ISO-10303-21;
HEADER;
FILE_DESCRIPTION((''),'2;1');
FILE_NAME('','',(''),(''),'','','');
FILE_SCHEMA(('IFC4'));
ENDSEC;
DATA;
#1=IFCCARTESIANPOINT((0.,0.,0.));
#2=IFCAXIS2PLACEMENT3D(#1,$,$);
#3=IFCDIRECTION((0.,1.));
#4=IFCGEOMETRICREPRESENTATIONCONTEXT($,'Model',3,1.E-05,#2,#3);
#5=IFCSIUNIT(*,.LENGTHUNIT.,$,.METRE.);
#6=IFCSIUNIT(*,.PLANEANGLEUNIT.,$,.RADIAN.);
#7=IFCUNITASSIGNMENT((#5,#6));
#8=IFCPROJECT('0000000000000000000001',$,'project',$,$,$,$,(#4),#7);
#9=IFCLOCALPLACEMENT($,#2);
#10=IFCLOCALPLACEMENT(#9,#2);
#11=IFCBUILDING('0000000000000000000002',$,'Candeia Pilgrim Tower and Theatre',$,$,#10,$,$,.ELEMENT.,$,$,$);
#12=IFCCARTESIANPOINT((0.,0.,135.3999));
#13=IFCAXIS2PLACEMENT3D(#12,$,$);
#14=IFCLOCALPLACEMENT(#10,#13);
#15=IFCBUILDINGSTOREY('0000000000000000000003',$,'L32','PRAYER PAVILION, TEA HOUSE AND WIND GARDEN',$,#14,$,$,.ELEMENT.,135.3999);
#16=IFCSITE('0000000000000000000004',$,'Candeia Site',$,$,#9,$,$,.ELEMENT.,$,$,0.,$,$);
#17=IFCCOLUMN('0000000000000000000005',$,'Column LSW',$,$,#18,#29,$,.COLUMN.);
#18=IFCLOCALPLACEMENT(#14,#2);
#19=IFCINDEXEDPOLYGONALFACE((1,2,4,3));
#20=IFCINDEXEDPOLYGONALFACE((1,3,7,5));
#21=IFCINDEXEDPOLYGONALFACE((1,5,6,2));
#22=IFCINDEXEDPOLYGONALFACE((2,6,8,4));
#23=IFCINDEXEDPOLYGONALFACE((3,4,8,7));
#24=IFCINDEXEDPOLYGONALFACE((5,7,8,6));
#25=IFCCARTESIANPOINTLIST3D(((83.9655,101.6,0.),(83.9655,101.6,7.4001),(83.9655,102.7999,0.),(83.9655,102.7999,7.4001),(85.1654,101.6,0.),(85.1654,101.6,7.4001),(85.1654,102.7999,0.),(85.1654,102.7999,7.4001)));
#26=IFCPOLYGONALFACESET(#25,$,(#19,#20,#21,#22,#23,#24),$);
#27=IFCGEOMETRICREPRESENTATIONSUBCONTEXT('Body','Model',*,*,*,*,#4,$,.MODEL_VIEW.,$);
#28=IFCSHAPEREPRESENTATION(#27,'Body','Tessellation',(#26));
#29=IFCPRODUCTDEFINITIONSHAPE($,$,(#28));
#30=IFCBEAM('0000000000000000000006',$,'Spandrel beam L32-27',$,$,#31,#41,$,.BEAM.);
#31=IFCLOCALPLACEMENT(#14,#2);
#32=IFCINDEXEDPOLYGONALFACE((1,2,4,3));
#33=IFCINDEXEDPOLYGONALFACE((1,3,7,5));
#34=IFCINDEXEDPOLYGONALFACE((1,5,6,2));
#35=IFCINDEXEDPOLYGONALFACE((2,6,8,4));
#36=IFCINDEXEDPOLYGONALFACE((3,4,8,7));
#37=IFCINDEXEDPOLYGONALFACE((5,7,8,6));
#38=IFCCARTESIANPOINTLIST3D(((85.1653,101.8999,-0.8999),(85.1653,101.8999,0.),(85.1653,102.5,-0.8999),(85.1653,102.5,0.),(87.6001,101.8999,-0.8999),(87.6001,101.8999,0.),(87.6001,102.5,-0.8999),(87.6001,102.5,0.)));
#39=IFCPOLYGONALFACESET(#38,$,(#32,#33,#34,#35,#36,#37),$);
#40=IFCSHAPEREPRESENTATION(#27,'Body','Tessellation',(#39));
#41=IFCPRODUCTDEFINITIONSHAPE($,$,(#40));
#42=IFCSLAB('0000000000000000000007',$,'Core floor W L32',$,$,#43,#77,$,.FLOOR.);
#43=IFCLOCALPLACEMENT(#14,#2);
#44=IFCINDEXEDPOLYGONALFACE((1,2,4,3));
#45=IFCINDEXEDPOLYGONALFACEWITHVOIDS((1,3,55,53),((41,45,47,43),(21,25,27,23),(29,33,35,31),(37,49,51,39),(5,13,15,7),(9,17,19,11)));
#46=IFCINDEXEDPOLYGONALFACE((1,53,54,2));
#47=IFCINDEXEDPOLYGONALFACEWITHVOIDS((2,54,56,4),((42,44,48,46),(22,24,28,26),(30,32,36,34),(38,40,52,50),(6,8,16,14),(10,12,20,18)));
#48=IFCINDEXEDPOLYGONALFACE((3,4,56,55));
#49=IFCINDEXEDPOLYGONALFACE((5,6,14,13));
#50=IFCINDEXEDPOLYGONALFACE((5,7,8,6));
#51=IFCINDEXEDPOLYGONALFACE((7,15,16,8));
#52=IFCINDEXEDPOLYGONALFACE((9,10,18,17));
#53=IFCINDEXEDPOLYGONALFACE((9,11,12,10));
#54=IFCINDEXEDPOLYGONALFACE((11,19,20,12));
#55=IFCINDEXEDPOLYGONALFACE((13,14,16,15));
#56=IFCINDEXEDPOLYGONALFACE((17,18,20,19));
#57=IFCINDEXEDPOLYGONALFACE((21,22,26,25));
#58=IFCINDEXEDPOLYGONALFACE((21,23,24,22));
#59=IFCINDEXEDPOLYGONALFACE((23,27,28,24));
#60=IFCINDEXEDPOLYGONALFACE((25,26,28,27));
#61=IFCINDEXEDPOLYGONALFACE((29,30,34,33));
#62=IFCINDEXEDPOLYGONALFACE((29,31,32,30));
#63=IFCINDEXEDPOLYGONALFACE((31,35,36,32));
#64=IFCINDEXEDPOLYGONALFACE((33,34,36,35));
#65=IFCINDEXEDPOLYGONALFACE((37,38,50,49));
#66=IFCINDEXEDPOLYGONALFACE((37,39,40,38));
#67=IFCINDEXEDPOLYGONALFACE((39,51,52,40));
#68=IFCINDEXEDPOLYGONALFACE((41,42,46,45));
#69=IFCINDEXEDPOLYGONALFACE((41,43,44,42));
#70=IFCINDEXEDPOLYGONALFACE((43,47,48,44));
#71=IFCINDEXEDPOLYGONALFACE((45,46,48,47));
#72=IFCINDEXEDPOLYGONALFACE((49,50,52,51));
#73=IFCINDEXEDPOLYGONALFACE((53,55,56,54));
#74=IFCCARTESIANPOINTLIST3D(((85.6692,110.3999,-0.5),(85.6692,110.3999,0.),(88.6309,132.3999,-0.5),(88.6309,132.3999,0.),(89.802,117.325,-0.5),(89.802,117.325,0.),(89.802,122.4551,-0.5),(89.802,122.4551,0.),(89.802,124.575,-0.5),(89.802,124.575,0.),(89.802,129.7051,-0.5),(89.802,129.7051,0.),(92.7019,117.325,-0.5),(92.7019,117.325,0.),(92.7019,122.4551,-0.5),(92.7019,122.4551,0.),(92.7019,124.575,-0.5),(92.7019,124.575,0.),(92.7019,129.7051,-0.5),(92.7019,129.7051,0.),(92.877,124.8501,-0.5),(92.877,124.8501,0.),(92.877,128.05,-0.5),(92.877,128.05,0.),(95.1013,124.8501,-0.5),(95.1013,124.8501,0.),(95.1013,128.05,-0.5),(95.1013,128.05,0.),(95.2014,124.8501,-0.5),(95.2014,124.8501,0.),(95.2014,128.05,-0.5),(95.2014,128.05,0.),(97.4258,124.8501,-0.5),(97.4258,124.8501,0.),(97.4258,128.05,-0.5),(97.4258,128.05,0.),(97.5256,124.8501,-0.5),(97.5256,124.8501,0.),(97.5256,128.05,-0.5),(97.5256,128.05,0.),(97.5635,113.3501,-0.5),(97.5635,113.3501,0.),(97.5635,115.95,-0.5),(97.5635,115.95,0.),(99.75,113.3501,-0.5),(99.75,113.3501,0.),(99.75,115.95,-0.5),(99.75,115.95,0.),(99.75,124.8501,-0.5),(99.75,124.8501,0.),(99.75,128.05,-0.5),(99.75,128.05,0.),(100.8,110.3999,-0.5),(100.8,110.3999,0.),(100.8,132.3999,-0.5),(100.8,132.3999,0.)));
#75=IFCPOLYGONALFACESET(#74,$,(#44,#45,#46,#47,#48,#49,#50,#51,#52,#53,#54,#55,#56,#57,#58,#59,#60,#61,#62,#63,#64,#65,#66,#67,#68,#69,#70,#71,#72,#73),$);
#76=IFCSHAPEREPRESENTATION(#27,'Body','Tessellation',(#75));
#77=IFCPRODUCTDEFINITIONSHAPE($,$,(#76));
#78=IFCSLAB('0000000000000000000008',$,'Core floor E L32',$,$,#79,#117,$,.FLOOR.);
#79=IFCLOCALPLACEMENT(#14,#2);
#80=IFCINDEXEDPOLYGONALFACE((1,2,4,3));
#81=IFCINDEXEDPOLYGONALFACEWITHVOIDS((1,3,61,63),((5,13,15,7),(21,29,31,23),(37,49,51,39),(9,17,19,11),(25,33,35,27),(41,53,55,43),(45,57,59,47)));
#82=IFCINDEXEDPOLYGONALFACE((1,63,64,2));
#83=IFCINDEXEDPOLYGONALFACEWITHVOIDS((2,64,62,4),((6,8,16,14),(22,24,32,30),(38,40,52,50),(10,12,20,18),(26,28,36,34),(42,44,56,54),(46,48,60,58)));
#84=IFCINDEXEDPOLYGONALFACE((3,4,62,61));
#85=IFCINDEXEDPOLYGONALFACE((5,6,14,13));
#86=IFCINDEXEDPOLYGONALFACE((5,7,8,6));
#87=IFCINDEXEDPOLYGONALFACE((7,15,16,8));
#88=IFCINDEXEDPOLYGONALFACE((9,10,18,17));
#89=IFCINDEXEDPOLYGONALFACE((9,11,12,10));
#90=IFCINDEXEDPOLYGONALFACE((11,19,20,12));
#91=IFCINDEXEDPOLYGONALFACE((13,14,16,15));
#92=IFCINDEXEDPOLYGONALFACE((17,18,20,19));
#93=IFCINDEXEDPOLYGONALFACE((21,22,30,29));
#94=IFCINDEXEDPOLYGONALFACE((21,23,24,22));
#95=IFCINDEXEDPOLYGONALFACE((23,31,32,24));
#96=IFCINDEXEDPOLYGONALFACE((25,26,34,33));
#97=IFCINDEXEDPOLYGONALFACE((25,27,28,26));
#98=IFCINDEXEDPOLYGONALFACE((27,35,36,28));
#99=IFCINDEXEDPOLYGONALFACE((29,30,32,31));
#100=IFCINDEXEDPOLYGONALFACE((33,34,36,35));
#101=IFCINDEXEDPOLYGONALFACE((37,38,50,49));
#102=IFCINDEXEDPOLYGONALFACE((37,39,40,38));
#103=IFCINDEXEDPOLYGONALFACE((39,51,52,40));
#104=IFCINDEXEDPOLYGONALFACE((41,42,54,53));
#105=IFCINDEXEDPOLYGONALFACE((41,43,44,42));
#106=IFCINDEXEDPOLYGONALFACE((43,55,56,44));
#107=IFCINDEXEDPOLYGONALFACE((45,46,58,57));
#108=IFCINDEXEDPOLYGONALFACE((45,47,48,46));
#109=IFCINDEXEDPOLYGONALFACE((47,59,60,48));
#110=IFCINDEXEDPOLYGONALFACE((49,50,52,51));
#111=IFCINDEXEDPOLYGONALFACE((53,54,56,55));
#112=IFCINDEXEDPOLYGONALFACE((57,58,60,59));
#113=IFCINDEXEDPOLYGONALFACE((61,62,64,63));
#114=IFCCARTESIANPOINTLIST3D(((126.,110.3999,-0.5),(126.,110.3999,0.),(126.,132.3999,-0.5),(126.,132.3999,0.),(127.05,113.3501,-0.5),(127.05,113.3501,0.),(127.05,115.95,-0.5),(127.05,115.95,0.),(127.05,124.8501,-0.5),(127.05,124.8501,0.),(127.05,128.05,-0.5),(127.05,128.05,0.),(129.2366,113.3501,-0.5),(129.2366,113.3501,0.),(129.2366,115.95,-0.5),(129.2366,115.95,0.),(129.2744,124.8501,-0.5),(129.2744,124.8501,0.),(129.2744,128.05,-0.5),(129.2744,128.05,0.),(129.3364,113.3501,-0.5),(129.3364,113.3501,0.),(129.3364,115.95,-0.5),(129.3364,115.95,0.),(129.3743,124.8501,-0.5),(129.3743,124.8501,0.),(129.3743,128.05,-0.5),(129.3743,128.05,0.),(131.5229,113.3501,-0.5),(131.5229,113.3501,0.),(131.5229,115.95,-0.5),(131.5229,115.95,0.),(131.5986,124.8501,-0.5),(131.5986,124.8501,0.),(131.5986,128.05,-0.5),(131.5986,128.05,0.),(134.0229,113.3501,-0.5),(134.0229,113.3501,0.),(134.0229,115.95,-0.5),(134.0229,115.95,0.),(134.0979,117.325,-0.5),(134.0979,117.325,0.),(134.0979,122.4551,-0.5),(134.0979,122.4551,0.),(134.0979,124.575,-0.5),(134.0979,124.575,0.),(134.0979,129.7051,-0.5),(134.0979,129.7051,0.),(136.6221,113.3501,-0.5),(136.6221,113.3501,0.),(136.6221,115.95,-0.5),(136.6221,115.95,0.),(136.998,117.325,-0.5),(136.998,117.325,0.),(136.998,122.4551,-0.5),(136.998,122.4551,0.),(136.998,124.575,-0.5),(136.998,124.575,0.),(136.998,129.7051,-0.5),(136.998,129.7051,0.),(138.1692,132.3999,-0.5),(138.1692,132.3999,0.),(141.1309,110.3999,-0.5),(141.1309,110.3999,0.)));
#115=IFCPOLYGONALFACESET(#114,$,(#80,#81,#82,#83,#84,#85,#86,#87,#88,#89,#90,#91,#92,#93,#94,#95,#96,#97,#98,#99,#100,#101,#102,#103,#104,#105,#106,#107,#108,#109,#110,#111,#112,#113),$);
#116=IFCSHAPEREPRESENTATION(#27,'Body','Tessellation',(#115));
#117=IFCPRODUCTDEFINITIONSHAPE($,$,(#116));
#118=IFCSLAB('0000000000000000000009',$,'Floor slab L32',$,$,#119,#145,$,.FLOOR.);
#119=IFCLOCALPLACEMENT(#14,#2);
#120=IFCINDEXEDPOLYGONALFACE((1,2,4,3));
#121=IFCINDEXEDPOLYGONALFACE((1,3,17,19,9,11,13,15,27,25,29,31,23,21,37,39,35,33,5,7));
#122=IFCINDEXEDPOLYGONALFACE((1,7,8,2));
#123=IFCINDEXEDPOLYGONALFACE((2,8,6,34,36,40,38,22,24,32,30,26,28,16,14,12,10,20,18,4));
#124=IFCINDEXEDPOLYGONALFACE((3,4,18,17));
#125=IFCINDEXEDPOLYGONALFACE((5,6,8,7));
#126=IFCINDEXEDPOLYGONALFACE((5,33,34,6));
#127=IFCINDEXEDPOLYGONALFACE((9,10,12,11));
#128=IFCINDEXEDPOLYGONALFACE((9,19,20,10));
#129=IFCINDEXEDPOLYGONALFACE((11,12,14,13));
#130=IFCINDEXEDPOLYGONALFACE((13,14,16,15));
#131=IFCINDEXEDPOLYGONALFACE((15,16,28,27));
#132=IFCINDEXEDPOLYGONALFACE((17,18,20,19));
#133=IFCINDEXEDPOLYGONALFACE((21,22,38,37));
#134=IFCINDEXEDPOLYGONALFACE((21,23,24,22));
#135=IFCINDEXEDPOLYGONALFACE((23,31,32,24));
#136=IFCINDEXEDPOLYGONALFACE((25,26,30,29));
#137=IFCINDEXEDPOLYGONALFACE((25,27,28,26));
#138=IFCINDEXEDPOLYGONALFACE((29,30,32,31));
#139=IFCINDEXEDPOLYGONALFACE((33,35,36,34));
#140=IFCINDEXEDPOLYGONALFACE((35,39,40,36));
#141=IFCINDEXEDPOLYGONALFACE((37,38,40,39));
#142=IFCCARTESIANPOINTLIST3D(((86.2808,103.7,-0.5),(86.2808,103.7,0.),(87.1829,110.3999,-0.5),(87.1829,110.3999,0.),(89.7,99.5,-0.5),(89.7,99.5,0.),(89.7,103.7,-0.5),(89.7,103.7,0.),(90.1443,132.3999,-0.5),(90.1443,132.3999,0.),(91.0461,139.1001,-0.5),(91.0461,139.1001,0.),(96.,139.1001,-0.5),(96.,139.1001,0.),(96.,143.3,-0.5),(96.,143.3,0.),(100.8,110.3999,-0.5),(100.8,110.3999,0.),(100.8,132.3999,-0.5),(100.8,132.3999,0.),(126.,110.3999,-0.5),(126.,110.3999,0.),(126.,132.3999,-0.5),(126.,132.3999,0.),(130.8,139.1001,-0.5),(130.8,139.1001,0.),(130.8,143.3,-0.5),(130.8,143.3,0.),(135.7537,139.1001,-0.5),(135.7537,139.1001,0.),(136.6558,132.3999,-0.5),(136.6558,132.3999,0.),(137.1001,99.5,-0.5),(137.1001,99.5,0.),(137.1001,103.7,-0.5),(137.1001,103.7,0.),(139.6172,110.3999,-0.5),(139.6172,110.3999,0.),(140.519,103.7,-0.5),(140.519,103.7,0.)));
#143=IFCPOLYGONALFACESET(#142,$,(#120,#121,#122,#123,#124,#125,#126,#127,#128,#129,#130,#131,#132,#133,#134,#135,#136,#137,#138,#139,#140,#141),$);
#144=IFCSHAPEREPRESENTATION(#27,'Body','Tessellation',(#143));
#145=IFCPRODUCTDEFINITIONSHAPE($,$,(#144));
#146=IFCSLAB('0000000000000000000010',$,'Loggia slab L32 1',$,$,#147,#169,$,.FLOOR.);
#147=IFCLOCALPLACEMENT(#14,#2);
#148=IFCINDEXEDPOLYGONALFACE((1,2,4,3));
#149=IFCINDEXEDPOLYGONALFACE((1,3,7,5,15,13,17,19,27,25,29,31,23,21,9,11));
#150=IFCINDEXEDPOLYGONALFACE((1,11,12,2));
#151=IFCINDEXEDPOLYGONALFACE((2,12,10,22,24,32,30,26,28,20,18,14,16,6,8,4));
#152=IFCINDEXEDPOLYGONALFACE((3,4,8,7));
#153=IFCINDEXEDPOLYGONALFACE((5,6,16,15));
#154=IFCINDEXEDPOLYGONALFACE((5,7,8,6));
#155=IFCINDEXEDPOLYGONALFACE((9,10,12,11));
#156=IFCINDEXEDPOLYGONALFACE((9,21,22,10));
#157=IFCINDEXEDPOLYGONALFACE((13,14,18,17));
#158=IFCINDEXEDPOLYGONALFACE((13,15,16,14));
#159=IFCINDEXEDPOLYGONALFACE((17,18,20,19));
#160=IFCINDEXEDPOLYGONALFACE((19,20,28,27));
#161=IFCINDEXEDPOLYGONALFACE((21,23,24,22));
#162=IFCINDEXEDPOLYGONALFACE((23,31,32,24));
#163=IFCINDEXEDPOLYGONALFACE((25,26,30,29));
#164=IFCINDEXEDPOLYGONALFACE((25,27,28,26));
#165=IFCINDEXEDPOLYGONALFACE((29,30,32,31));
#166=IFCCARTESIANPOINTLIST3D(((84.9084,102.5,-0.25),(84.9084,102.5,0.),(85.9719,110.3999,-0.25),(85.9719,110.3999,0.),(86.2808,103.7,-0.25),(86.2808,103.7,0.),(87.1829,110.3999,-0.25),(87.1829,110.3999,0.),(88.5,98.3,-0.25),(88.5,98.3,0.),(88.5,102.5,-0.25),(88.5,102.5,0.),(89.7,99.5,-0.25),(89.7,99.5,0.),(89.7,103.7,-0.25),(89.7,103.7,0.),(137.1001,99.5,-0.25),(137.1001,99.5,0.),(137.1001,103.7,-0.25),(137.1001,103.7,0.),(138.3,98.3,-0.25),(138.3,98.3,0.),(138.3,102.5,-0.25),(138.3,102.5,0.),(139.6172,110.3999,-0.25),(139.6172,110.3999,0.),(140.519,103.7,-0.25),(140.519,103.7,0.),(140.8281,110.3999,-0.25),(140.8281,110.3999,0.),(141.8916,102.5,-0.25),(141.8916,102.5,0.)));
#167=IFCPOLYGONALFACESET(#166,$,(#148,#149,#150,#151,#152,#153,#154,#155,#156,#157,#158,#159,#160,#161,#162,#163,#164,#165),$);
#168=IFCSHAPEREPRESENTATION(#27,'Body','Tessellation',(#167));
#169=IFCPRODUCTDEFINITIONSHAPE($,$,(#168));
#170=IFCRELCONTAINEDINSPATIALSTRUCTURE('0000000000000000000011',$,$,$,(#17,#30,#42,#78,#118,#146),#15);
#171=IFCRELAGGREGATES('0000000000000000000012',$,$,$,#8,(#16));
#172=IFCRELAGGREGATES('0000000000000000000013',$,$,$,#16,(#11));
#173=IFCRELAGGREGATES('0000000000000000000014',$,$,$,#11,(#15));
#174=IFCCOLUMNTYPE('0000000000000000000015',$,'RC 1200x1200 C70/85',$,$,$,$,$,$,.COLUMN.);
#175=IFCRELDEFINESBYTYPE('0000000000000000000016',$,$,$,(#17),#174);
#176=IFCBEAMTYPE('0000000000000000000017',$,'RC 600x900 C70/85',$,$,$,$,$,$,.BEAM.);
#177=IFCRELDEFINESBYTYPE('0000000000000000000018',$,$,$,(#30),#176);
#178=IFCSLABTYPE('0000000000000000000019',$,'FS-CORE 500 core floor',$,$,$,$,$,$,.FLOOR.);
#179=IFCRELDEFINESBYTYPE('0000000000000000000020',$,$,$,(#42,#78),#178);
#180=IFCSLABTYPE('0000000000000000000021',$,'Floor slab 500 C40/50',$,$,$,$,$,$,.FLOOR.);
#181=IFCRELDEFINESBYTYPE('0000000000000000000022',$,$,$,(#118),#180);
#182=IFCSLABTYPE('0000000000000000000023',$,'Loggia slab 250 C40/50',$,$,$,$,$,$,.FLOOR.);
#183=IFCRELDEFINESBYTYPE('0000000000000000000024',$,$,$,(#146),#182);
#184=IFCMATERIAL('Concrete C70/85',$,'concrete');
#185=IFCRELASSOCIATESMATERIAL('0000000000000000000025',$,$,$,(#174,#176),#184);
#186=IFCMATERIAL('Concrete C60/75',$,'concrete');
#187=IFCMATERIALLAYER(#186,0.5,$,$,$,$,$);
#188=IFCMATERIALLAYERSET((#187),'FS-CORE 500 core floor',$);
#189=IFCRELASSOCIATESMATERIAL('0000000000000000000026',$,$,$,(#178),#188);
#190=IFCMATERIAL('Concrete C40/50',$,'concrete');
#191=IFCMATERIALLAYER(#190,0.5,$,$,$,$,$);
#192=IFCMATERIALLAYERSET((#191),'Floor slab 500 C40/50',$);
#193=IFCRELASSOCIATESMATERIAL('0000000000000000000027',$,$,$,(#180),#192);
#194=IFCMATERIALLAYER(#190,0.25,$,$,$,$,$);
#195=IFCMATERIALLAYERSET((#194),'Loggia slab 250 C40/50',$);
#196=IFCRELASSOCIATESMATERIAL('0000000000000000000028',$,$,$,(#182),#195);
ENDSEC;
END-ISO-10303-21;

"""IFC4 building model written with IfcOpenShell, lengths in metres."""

from ifc_helpers import new_model, si_unit, direction, frame, origin, origin_2d, place, context, subcontext, project, spatial, polyline, rectangle, outline, extrude, material, layer, layer_set, material_profile, profile_set, type_object, element, save


model = new_model("IFC4")

# Units and contexts
model_context = context("Model", 3, precision=1e-05, world=origin(), true_north=direction((0.0, 1.0)))
body_context = subcontext(model_context, "Body", "Model", "MODEL_VIEW")
ifc_project = project(units=[si_unit("LENGTHUNIT", "METRE"), si_unit("PLANEANGLEUNIT", "RADIAN")], contexts=[model_context])

# Site, building, storey
site_placement = place(None, origin())
site = spatial("IfcSite", under=ifc_project, at=site_placement, Name="Candeia Site", CompositionType="ELEMENT", RefElevation=0.0)
building_placement = place(site_placement, origin())
building = spatial("IfcBuilding", under=site, at=building_placement, Name="Candeia Pilgrim Tower and Theatre", CompositionType="ELEMENT")
storey_placement = place(building_placement, frame((0.0, 0.0, 135.3999)))
storey = spatial("IfcBuildingStorey", under=building, at=storey_placement, Name="L32", Description="PRAYER PAVILION, TEA HOUSE AND WIND GARDEN", CompositionType="ELEMENT", Elevation=135.3999)

# Column
ifc_material_1 = material(Name="Concrete C70/85", Category="concrete")
ifc_material_profile_1 = material_profile(ifc_material_1, rectangle(XDim=1.2, YDim=1.2, at=origin_2d()))
ifc_profile_set_1 = profile_set([ifc_material_profile_1], Name="Concrete C70/85")
column_type = type_object("IfcColumnType", Name="RC 1200x1200 C70/85", PredefinedType="COLUMN", material=ifc_profile_set_1)
column_placement = place(storey_placement, frame((84.5654, 102.2, 0.0), z_axis=(0.0, 0.0, 1.0), x_axis=(1.0, 0.0, 0.0)))
element("IfcColumn", 1, at=column_placement, inside=storey, type_object=column_type, Name="Column LSW", PredefinedType="COLUMN", context=body_context, shape_type="SweptSolid", body=[
    extrude(rectangle(XDim=1.2, YDim=1.2, at=origin_2d()), origin(), (0.0, 0.0, 1.0), 7.4001),
])

# Beam
ifc_material_profile_2 = material_profile(ifc_material_1, rectangle(XDim=0.6001, YDim=0.8999, at=origin_2d()))
ifc_profile_set_2 = profile_set([ifc_material_profile_2], Name="Concrete C70/85")
beam_type = type_object("IfcBeamType", Name="RC 600x900 C70/85", PredefinedType="BEAM", material=ifc_profile_set_2)
beam_placement = place(storey_placement, frame((85.1653, 102.2, -0.45), z_axis=(1.0, 0.0, 0.0), x_axis=(0.0, 1.0, 0.0)))
element("IfcBeam", 2, at=beam_placement, inside=storey, type_object=beam_type, Name="Spandrel beam L32-27", PredefinedType="BEAM", context=body_context, shape_type="SweptSolid", body=[
    extrude(rectangle(XDim=0.6001, YDim=0.8999, at=origin_2d()), origin(), (0.0, 0.0, 1.0), 2.4348),
])

# Slabs
ifc_material_2 = material(Name="Concrete C60/75", Category="concrete")
ifc_layer_1 = layer(ifc_material_2, 0.5)
ifc_layer_set_1 = layer_set([ifc_layer_1], Name="FS-CORE 500 core floor")
slab_type_1 = type_object("IfcSlabType", Name="FS-CORE 500 core floor", PredefinedType="FLOOR", material=ifc_layer_set_1)
slab_1_placement = place(storey_placement, frame((0.0, 0.0, -0.5)))
element("IfcSlab", 3, at=slab_1_placement, inside=storey, type_object=slab_type_1, Name="Core floor W L32", PredefinedType="FLOOR", context=body_context, shape_type="SweptSolid", body=[
    extrude(outline(polyline([(100.8, 132.3999), (100.8, 110.3999), (85.6692, 110.3999), (88.6309, 132.3999), (100.8, 132.3999)]), holes=[polyline([(97.5256, 128.05), (97.5256, 124.8501), (99.75, 124.8501), (99.75, 128.05), (97.5256, 128.05)]), polyline([(97.5635, 113.3501), (99.75, 113.3501), (99.75, 115.95), (97.5635, 115.95), (97.5635, 113.3501)]), polyline([(95.2014, 124.8501), (97.4258, 124.8501), (97.4258, 128.05), (95.2014, 128.05), (95.2014, 124.8501)]), polyline([(92.877, 128.05), (92.877, 124.8501), (95.1013, 124.8501), (95.1013, 128.05), (92.877, 128.05)]), polyline([(89.802, 122.4551), (89.802, 117.325), (92.7019, 117.325), (92.7019, 122.4551), (89.802, 122.4551)]), polyline([(89.802, 129.7051), (89.802, 124.575), (92.7019, 124.575), (92.7019, 129.7051), (89.802, 129.7051)])]), origin(), (0.0, 0.0, 1.0), 0.5),
])
slab_2_placement = place(storey_placement, frame((0.0, 0.0, -0.5)))
element("IfcSlab", 4, at=slab_2_placement, inside=storey, type_object=slab_type_1, Name="Core floor E L32", PredefinedType="FLOOR", context=body_context, shape_type="SweptSolid", body=[
    extrude(outline(polyline([(138.1692, 132.3999), (141.1309, 110.3999), (126.0, 110.3999), (126.0, 132.3999), (138.1692, 132.3999)]), holes=[polyline([(134.0979, 122.4551), (134.0979, 117.325), (136.998, 117.325), (136.998, 122.4551), (134.0979, 122.4551)]), polyline([(134.0979, 129.7051), (134.0979, 124.575), (136.998, 124.575), (136.998, 129.7051), (134.0979, 129.7051)]), polyline([(136.6221, 115.95), (134.0229, 115.95), (134.0229, 113.3501), (136.6221, 113.3501), (136.6221, 115.95)]), polyline([(131.5986, 128.05), (129.3743, 128.05), (129.3743, 124.8501), (131.5986, 124.8501), (131.5986, 128.05)]), polyline([(131.5229, 115.95), (129.3364, 115.95), (129.3364, 113.3501), (131.5229, 113.3501), (131.5229, 115.95)]), polyline([(129.2744, 128.05), (127.05, 128.05), (127.05, 124.8501), (129.2744, 124.8501), (129.2744, 128.05)]), polyline([(127.05, 115.95), (127.05, 113.3501), (129.2366, 113.3501), (129.2366, 115.95), (127.05, 115.95)])]), origin(), (0.0, 0.0, 1.0), 0.5),
])
ifc_material_3 = material(Name="Concrete C40/50", Category="concrete")
ifc_layer_2 = layer(ifc_material_3, 0.5)
ifc_layer_set_2 = layer_set([ifc_layer_2], Name="Floor slab 500 C40/50")
slab_type_2 = type_object("IfcSlabType", Name="Floor slab 500 C40/50", PredefinedType="FLOOR", material=ifc_layer_set_2)
slab_3_placement = place(storey_placement, frame((0.0, 0.0, -0.5)))
element("IfcSlab", 5, at=slab_3_placement, inside=storey, type_object=slab_type_2, Name="Floor slab L32", PredefinedType="FLOOR", context=body_context, shape_type="SweptSolid", body=[
    extrude(outline(polyline([(96.0, 139.1001), (96.0, 143.3), (130.8, 143.3), (130.8, 139.1001), (135.7537, 139.1001), (136.6558, 132.3999), (126.0, 132.3999), (126.0, 110.3999), (139.6172, 110.3999), (140.519, 103.7), (137.1001, 103.7), (137.1001, 99.5), (89.7, 99.5), (89.7, 103.7), (86.2808, 103.7), (87.1829, 110.3999), (100.8, 110.3999), (100.8, 132.3999), (90.1443, 132.3999), (91.0461, 139.1001), (96.0, 139.1001)])), origin(), (0.0, 0.0, 1.0), 0.5),
])
ifc_layer_3 = layer(ifc_material_3, 0.25)
ifc_layer_set_3 = layer_set([ifc_layer_3], Name="Loggia slab 250 C40/50")
slab_type_3 = type_object("IfcSlabType", Name="Loggia slab 250 C40/50", PredefinedType="FLOOR", material=ifc_layer_set_3)
slab_4_placement = place(storey_placement, frame((0.0, 0.0, -0.25)))
element("IfcSlab", 6, at=slab_4_placement, inside=storey, type_object=slab_type_3, Name="Loggia slab L32 1", PredefinedType="FLOOR", context=body_context, shape_type="SweptSolid", body=[
    extrude(outline(polyline([(87.1829, 110.3999), (86.2808, 103.7), (89.7, 103.7), (89.7, 99.5), (137.1001, 99.5), (137.1001, 103.7), (140.519, 103.7), (139.6172, 110.3999), (140.8281, 110.3999), (141.8916, 102.5), (138.3, 102.5), (138.3, 98.3), (88.5, 98.3), (88.5, 102.5), (84.9084, 102.5), (85.9719, 110.3999), (87.1829, 110.3999)])), origin(), (0.0, 0.0, 1.0), 0.25),
])

save(model, "model.ifc")
